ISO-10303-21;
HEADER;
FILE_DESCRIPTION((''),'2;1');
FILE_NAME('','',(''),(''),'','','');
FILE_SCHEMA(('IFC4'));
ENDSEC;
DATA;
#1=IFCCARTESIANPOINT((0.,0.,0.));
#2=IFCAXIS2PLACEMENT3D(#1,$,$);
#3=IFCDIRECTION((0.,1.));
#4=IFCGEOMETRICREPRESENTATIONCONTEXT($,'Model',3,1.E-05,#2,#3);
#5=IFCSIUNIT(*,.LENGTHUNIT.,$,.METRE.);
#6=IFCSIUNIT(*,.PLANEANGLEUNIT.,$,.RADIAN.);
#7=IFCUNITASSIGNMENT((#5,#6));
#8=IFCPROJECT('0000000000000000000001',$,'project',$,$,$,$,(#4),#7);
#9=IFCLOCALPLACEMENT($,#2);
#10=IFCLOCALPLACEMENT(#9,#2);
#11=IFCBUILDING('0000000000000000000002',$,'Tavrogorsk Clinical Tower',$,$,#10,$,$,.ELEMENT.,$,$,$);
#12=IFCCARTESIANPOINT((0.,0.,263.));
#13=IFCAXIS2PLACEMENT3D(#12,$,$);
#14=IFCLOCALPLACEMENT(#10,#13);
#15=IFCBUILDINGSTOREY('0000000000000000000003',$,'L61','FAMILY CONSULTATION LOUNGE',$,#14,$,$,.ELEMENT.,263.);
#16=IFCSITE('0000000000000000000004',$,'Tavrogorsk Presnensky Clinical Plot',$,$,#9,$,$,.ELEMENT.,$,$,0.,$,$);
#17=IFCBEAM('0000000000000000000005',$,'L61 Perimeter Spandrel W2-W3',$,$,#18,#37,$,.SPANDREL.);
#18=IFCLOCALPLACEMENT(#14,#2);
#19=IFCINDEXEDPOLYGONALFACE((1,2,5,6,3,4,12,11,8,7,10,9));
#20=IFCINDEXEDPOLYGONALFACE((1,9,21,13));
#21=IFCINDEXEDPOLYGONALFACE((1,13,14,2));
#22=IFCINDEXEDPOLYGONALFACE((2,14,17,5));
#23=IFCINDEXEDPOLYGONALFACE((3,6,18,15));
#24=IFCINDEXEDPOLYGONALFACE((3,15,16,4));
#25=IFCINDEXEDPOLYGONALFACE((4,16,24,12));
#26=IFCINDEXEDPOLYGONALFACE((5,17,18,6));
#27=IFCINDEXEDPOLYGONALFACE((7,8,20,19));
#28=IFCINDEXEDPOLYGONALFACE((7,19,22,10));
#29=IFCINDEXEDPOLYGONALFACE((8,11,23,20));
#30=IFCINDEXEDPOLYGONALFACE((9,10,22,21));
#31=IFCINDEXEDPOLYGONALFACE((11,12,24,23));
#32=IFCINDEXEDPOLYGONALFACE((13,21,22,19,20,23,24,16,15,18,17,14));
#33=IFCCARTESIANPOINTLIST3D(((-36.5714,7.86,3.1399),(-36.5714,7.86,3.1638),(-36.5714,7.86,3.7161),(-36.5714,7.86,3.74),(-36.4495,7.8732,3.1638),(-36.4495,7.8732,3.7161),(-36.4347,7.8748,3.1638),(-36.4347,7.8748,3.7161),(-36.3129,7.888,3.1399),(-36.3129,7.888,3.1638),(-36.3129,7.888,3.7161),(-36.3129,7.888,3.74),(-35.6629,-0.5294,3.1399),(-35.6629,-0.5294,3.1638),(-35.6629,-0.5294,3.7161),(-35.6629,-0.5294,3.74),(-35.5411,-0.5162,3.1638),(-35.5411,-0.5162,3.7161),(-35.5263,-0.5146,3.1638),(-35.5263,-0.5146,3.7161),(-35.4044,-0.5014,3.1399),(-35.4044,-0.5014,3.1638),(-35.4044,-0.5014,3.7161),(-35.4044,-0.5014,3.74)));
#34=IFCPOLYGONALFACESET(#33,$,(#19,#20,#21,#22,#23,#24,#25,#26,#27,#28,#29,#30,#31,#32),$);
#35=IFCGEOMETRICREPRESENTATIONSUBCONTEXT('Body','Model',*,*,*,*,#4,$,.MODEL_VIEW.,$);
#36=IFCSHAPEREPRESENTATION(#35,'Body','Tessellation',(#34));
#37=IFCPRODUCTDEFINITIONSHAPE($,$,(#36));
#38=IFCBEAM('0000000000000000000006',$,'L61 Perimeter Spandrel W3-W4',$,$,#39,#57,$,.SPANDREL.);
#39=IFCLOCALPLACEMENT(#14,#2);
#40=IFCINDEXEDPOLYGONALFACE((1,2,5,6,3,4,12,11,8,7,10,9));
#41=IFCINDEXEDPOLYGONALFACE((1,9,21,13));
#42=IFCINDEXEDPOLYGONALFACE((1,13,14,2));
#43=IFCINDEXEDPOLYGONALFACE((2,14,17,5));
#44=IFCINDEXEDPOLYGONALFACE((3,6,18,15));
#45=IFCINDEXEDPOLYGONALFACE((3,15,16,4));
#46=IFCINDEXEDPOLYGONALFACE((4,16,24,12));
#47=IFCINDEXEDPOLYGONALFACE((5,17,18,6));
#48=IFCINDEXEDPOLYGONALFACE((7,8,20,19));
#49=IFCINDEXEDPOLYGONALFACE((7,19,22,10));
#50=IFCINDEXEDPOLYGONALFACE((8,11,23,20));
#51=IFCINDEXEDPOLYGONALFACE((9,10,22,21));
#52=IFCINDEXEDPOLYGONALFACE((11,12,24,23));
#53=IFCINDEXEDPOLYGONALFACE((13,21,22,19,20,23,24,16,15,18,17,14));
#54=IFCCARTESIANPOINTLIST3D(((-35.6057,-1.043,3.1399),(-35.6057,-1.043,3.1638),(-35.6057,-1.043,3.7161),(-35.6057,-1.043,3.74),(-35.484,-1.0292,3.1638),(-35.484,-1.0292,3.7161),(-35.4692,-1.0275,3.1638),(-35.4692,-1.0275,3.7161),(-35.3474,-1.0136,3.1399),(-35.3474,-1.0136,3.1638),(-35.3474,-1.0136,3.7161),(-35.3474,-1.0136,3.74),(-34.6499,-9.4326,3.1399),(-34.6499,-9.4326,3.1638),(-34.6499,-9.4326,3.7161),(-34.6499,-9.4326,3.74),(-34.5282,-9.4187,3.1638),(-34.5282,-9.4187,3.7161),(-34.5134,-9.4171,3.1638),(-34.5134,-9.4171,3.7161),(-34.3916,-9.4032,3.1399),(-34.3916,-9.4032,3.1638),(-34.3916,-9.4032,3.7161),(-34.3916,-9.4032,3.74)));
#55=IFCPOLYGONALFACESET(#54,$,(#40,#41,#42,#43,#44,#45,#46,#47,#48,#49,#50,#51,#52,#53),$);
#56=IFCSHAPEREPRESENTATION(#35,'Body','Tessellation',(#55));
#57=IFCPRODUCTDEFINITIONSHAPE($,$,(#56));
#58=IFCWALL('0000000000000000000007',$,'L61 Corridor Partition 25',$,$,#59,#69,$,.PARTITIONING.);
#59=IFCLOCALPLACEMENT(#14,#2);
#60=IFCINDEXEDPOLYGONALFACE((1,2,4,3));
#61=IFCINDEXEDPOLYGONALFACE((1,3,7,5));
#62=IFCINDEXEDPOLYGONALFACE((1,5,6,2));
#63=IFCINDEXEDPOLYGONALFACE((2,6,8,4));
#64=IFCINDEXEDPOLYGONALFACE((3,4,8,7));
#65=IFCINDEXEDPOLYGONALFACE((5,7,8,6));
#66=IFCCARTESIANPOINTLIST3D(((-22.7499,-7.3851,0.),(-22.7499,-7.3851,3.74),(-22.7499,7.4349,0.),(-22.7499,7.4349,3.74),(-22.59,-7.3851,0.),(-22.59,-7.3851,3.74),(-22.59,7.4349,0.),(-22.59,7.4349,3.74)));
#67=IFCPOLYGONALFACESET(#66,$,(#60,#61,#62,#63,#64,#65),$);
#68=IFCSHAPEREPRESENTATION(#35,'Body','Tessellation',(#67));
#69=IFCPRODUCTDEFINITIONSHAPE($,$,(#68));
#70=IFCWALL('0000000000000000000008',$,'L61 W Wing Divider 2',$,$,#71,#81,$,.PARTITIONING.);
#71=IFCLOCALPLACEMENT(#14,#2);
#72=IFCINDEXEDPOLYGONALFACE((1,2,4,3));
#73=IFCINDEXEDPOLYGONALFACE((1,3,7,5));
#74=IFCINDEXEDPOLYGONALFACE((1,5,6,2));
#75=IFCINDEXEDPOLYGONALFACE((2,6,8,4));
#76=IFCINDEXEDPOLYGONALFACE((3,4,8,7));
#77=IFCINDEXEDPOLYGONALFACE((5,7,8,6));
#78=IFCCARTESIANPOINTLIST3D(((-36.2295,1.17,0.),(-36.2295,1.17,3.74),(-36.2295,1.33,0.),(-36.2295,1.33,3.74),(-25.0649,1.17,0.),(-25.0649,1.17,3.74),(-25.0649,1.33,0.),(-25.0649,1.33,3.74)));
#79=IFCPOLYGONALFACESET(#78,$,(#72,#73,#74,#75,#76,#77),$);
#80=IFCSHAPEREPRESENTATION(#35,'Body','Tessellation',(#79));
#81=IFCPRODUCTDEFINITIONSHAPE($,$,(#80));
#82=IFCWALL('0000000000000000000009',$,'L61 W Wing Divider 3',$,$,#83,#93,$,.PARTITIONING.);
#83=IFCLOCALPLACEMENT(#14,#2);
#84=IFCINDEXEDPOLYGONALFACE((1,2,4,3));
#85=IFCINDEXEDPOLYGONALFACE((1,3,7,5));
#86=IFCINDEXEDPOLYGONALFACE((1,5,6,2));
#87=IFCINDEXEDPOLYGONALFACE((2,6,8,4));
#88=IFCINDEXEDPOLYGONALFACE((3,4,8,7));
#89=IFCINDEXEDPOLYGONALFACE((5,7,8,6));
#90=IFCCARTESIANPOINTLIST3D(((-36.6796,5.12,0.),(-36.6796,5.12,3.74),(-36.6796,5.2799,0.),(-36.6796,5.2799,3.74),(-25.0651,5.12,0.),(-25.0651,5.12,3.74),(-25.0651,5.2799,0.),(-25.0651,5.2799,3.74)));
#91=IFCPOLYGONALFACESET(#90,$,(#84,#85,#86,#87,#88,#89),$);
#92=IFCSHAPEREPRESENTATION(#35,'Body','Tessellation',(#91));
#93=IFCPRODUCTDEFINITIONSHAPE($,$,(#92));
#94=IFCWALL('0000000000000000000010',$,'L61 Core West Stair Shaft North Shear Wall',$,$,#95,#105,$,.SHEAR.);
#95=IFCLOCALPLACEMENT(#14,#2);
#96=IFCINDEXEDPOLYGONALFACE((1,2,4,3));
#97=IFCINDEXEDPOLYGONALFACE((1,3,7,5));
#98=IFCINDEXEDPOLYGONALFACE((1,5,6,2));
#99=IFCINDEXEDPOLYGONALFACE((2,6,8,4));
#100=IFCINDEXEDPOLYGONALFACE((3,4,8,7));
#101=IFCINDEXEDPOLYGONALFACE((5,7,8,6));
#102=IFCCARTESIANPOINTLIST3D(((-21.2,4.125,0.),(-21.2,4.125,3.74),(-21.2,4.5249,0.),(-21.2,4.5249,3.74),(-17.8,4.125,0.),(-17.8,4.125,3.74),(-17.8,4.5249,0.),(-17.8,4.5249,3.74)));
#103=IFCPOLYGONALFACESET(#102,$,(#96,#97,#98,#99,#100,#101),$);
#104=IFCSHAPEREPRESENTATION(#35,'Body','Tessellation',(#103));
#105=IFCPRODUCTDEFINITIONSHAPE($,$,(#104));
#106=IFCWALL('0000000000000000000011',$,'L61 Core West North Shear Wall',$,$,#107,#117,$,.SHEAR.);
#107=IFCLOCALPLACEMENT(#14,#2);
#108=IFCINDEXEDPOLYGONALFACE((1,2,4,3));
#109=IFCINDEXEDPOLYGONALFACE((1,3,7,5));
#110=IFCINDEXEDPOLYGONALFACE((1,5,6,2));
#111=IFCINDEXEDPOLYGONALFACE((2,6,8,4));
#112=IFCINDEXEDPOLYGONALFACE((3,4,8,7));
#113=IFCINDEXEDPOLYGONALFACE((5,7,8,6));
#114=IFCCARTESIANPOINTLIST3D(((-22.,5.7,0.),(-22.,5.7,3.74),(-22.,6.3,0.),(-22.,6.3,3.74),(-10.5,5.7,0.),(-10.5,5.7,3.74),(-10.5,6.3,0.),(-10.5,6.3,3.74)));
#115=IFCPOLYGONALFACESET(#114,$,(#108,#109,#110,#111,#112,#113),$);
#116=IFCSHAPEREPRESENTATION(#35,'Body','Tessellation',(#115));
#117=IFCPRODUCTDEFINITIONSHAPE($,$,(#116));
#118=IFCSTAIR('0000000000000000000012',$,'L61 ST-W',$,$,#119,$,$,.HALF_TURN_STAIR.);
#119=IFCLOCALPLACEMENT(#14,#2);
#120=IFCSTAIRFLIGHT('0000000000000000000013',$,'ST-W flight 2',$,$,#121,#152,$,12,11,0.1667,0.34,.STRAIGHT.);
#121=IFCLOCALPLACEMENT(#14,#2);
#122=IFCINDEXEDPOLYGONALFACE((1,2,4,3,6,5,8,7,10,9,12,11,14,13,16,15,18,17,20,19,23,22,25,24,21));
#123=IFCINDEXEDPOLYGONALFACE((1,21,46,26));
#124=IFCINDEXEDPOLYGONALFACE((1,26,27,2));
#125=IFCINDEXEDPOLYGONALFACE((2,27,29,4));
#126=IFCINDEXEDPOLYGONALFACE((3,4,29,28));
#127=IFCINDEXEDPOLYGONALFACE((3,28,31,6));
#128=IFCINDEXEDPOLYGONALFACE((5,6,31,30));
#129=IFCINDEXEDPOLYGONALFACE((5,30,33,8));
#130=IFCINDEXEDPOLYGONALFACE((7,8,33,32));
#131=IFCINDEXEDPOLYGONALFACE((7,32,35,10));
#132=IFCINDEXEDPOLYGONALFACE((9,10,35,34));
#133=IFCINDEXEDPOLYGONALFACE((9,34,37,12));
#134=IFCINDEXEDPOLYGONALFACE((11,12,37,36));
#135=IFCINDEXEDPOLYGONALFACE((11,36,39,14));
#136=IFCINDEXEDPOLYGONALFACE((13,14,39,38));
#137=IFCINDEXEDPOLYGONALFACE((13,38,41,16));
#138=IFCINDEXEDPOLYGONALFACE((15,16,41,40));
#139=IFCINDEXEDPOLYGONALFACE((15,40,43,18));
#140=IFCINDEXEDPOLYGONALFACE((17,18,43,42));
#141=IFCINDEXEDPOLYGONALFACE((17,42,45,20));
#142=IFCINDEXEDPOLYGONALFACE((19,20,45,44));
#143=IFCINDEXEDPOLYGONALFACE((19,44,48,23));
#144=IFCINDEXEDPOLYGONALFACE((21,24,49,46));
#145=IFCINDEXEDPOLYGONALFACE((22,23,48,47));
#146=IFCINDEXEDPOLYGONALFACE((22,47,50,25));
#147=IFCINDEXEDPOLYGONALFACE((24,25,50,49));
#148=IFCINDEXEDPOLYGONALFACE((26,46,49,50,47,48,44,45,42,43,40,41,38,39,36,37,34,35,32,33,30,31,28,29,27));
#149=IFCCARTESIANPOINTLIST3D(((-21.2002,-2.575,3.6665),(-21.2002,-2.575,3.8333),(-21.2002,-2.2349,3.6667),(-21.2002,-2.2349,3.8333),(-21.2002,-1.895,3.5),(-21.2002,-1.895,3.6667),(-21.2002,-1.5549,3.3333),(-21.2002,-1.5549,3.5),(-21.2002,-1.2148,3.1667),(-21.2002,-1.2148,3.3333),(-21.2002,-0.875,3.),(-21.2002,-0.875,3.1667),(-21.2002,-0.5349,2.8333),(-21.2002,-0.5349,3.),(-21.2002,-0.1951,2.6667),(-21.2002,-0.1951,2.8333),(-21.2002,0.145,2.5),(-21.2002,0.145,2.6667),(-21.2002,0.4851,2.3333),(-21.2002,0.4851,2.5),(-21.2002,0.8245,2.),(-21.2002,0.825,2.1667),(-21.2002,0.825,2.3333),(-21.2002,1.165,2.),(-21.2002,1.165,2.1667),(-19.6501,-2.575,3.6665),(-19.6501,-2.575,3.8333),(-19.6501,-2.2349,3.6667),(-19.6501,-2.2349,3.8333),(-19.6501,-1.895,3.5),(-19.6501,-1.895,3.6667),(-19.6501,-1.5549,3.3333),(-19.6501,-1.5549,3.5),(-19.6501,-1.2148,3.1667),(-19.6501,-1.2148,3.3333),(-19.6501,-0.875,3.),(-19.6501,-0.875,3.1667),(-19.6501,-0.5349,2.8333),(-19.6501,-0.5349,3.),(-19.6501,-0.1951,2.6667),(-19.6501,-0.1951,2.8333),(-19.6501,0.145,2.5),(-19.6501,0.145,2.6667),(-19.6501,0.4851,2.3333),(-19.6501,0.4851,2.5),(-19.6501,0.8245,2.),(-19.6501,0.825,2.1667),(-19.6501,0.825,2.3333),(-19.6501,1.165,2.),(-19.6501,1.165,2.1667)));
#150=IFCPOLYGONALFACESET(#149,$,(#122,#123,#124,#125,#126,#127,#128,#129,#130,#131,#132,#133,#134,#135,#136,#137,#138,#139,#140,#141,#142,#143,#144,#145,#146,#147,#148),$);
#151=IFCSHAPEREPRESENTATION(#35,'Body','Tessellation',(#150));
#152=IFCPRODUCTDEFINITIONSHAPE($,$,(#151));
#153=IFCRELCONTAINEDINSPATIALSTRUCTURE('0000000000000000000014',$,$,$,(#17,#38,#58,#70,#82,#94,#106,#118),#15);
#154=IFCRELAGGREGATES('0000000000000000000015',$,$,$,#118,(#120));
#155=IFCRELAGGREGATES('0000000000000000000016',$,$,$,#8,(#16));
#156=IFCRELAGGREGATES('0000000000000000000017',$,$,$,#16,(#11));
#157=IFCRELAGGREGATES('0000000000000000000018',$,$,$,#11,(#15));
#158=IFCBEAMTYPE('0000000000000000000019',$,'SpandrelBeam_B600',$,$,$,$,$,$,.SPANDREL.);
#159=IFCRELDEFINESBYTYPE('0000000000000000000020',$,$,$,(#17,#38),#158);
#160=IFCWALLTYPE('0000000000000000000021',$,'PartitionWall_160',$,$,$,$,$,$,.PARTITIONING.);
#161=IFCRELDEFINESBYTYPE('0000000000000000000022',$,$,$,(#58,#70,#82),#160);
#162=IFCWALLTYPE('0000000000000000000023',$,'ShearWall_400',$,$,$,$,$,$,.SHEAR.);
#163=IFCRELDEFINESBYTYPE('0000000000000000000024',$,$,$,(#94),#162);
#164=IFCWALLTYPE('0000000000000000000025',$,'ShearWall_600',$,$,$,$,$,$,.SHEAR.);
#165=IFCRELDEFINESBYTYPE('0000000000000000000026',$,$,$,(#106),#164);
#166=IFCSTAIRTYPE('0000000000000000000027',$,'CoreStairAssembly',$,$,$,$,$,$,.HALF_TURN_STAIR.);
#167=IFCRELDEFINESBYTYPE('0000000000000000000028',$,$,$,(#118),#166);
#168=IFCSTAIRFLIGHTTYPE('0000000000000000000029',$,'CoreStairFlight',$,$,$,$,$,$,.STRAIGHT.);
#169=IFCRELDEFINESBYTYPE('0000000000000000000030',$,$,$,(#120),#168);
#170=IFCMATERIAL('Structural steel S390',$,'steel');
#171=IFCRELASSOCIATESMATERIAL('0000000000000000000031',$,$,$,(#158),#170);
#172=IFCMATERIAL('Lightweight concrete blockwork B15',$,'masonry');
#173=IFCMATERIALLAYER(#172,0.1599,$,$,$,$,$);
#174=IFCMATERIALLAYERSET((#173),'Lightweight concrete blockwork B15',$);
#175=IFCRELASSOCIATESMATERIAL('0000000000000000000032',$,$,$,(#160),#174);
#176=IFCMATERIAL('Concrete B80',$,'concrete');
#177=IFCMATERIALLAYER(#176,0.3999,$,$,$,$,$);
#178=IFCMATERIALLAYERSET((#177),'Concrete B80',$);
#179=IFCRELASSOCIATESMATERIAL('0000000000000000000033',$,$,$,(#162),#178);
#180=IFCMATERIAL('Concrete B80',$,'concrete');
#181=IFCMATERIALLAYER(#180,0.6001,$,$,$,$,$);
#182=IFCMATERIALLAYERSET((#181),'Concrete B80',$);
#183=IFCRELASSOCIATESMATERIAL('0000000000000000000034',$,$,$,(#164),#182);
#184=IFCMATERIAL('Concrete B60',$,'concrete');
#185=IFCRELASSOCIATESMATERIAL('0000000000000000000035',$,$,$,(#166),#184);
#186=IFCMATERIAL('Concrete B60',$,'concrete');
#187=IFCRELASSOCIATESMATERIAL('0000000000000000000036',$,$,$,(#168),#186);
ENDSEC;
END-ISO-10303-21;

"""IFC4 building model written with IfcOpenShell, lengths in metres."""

from ifc_helpers import new_model, si_unit, direction, frame, frame_2d, origin, origin_2d, place, context, subcontext, project, spatial, polyline, rectangle, i_section, outline, extrude, material, layer, layer_set, material_profile, profile_set, type_object, element, aggregate, save


model = new_model("IFC4")

# Units and contexts
model_context = context("Model", 3, precision=1e-05, world=origin(), true_north=direction((0.0, 1.0)))
body_context = subcontext(model_context, "Body", "Model", "MODEL_VIEW")
ifc_project = project(units=[si_unit("LENGTHUNIT", "METRE"), si_unit("PLANEANGLEUNIT", "RADIAN")], contexts=[model_context])

# Site, building, storey
site_placement = place(None, origin())
site = spatial("IfcSite", under=ifc_project, at=site_placement, Name="Tavrogorsk Presnensky Clinical Plot", CompositionType="ELEMENT", RefElevation=0.0)
building_placement = place(site_placement, origin())
building = spatial("IfcBuilding", under=site, at=building_placement, Name="Tavrogorsk Clinical Tower", CompositionType="ELEMENT")
storey_placement = place(building_placement, frame((0.0, 0.0, 263.0)))
storey = spatial("IfcBuildingStorey", under=building, at=storey_placement, Name="L61", Description="FAMILY CONSULTATION LOUNGE", CompositionType="ELEMENT", Elevation=263.0)

# Beams
ifc_material_1 = material(Name="Structural steel S390", Category="steel")
ifc_material_profile_1 = material_profile(ifc_material_1, i_section(OverallWidth=0.26, OverallDepth=0.6001, WebThickness=0.0149, FlangeThickness=0.0239, at=origin_2d()), Name="B-600x260x15x24")
ifc_profile_set_1 = profile_set([ifc_material_profile_1], Name="Structural steel S390")
beam_type_1 = type_object("IfcBeamType", Name="SpandrelBeam_B600", PredefinedType="SPANDREL", material=ifc_profile_set_1)
beam_1_placement = place(storey_placement, frame((-36.4421, 7.874, 3.4399), z_axis=(0.107656, -0.994188, 0.0), x_axis=(0.994188, 0.107656, 0.0)))
element("IfcBeam", 1, at=beam_1_placement, inside=storey, type_object=beam_type_1, Name="L61 Perimeter Spandrel W2-W3", PredefinedType="SPANDREL", context=body_context, shape_type="SweptSolid", body=[
    extrude(i_section(OverallWidth=0.26, OverallDepth=0.6001, WebThickness=0.0149, FlangeThickness=0.0239, at=origin_2d()), origin(), (0.0, 0.0, 1.0), 8.4385),
])
beam_2_placement = place(storey_placement, frame((-35.4766, -1.0283, 3.4399), z_axis=(0.113195, -0.993573, 0.0), x_axis=(0.993573, 0.113195, 0.0)))
element("IfcBeam", 2, at=beam_2_placement, inside=storey, type_object=beam_type_1, Name="L61 Perimeter Spandrel W3-W4", PredefinedType="SPANDREL", context=body_context, shape_type="SweptSolid", body=[
    extrude(i_section(OverallWidth=0.26, OverallDepth=0.6001, WebThickness=0.0149, FlangeThickness=0.0239, at=origin_2d()), origin(), (0.0, 0.0, 1.0), 8.4438),
])

# Walls
ifc_material_2 = material(Name="Lightweight concrete blockwork B15", Category="masonry")
ifc_layer_1 = layer(ifc_material_2, 0.1599)
ifc_layer_set_1 = layer_set([ifc_layer_1], Name="Lightweight concrete blockwork B15")
wall_type_1 = type_object("IfcWallType", Name="PartitionWall_160", PredefinedType="PARTITIONING", material=ifc_layer_set_1)
wall_1_placement = place(storey_placement, frame((-22.6699, 7.4351, 0.0), z_axis=(0.0, 0.0, 1.0), x_axis=(0.0, -1.0, 0.0)))
element("IfcWall", 3, at=wall_1_placement, inside=storey, type_object=wall_type_1, Name="L61 Corridor Partition 25", PredefinedType="PARTITIONING", context=body_context, shape_type="SweptSolid", body=[
    extrude(rectangle(XDim=14.8201, YDim=0.1599, at=frame_2d((7.4102, 0.0))), origin(), (0.0, 0.0, 1.0), 3.74),
])
wall_2_placement = place(storey_placement, frame((-36.2295, 1.25, 0.0), z_axis=(0.0, 0.0, 1.0), x_axis=(1.0, 0.0, 0.0)))
element("IfcWall", 4, at=wall_2_placement, inside=storey, type_object=wall_type_1, Name="L61 W Wing Divider 2", PredefinedType="PARTITIONING", context=body_context, shape_type="SweptSolid", body=[
    extrude(rectangle(XDim=11.1646, YDim=0.1599, at=frame_2d((5.5823, 0.0))), origin(), (0.0, 0.0, 1.0), 3.74),
])
wall_3_placement = place(storey_placement, frame((-36.6794, 5.2, 0.0), z_axis=(0.0, 0.0, 1.0), x_axis=(1.0, 0.0, 0.0)))
element("IfcWall", 5, at=wall_3_placement, inside=storey, type_object=wall_type_1, Name="L61 W Wing Divider 3", PredefinedType="PARTITIONING", context=body_context, shape_type="SweptSolid", body=[
    extrude(rectangle(XDim=11.6145, YDim=0.1599, at=frame_2d((5.8071, 0.0))), origin(), (0.0, 0.0, 1.0), 3.74),
])
ifc_material_3 = material(Name="Concrete B80", Category="concrete")
ifc_layer_2 = layer(ifc_material_3, 0.3999)
ifc_layer_set_2 = layer_set([ifc_layer_2], Name="Concrete B80")
wall_type_2 = type_object("IfcWallType", Name="ShearWall_400", PredefinedType="SHEAR", material=ifc_layer_set_2)
wall_4_placement = place(storey_placement, frame((-21.2, 4.325, 0.0), z_axis=(0.0, 0.0, 1.0), x_axis=(1.0, 0.0, 0.0)))
element("IfcWall", 6, at=wall_4_placement, inside=storey, type_object=wall_type_2, Name="L61 Core West Stair Shaft North Shear Wall", PredefinedType="SHEAR", context=body_context, shape_type="SweptSolid", body=[
    extrude(rectangle(XDim=3.3999, YDim=0.3999, at=frame_2d((1.7, 0.0))), origin(), (0.0, 0.0, 1.0), 3.74),
])
ifc_material_4 = material(Name="Concrete B80", Category="concrete")
ifc_layer_3 = layer(ifc_material_4, 0.6001)
ifc_layer_set_3 = layer_set([ifc_layer_3], Name="Concrete B80")
wall_type_3 = type_object("IfcWallType", Name="ShearWall_600", PredefinedType="SHEAR", material=ifc_layer_set_3)
wall_5_placement = place(storey_placement, frame((-22.0, 6.0, 0.0), z_axis=(0.0, 0.0, 1.0), x_axis=(1.0, 0.0, 0.0)))
element("IfcWall", 7, at=wall_5_placement, inside=storey, type_object=wall_type_3, Name="L61 Core West North Shear Wall", PredefinedType="SHEAR", context=body_context, shape_type="SweptSolid", body=[
    extrude(rectangle(XDim=11.5, YDim=0.6001, at=frame_2d((5.75, 0.0))), origin(), (0.0, 0.0, 1.0), 3.74),
])

# Stair, stair flight
ifc_material_5 = material(Name="Concrete B60", Category="concrete")
stair_type = type_object("IfcStairType", Name="CoreStairAssembly", PredefinedType="HALF_TURN_STAIR", material=ifc_material_5)
stair_placement = place(storey_placement, origin())
stair = element("IfcStair", 8, at=stair_placement, inside=storey, type_object=stair_type, Name="L61 ST-W", PredefinedType="HALF_TURN_STAIR")
ifc_material_6 = material(Name="Concrete B60", Category="concrete")
stair_flight_type = type_object("IfcStairFlightType", Name="CoreStairFlight", PredefinedType="STRAIGHT", material=ifc_material_6)
stair_flight_placement = place(storey_placement, frame((-20.425, 1.165, 2.0), z_axis=(0.0, 0.0, 1.0), x_axis=(0.0, -1.0, 0.0)))
stair_flight = element("IfcStairFlight", 9, at=stair_flight_placement, type_object=stair_flight_type, Name="ST-W flight 2", NumberOfRisers=12, NumberOfTreads=11, PredefinedType="STRAIGHT", RiserHeight=0.1667, TreadLength=0.34, context=body_context, shape_type="SweptSolid", body=[
    extrude(outline(polyline([(0.0, 0.0), (0.0, 0.1667), (0.3401, 0.1667), (0.3401, 0.3333), (0.6799, 0.3333), (0.6799, 0.5), (1.02, 0.5), (1.02, 0.6667), (1.3601, 0.6667), (1.3601, 0.8333), (1.7, 0.8333), (1.7, 1.0), (2.04, 1.0), (2.04, 1.1667), (2.3799, 1.1667), (2.3799, 1.3333), (2.72, 1.3333), (2.72, 1.5), (3.0601, 1.5), (3.0601, 1.6667), (3.3999, 1.6667), (3.3999, 1.8333), (3.74, 1.8333), (3.74, 2.0), (3.74, 1.6665), (0.3406, 0.0), (0.0, 0.0)])), frame((0.0, 0.7749, 0.0), z_axis=(0.0, -1.0, 0.0), x_axis=(1.0, 0.0, 0.0)), (0.0, 0.0, 1.0), 1.55),
])
aggregate(stair, [stair_flight])

save(model, "model.ifc")
